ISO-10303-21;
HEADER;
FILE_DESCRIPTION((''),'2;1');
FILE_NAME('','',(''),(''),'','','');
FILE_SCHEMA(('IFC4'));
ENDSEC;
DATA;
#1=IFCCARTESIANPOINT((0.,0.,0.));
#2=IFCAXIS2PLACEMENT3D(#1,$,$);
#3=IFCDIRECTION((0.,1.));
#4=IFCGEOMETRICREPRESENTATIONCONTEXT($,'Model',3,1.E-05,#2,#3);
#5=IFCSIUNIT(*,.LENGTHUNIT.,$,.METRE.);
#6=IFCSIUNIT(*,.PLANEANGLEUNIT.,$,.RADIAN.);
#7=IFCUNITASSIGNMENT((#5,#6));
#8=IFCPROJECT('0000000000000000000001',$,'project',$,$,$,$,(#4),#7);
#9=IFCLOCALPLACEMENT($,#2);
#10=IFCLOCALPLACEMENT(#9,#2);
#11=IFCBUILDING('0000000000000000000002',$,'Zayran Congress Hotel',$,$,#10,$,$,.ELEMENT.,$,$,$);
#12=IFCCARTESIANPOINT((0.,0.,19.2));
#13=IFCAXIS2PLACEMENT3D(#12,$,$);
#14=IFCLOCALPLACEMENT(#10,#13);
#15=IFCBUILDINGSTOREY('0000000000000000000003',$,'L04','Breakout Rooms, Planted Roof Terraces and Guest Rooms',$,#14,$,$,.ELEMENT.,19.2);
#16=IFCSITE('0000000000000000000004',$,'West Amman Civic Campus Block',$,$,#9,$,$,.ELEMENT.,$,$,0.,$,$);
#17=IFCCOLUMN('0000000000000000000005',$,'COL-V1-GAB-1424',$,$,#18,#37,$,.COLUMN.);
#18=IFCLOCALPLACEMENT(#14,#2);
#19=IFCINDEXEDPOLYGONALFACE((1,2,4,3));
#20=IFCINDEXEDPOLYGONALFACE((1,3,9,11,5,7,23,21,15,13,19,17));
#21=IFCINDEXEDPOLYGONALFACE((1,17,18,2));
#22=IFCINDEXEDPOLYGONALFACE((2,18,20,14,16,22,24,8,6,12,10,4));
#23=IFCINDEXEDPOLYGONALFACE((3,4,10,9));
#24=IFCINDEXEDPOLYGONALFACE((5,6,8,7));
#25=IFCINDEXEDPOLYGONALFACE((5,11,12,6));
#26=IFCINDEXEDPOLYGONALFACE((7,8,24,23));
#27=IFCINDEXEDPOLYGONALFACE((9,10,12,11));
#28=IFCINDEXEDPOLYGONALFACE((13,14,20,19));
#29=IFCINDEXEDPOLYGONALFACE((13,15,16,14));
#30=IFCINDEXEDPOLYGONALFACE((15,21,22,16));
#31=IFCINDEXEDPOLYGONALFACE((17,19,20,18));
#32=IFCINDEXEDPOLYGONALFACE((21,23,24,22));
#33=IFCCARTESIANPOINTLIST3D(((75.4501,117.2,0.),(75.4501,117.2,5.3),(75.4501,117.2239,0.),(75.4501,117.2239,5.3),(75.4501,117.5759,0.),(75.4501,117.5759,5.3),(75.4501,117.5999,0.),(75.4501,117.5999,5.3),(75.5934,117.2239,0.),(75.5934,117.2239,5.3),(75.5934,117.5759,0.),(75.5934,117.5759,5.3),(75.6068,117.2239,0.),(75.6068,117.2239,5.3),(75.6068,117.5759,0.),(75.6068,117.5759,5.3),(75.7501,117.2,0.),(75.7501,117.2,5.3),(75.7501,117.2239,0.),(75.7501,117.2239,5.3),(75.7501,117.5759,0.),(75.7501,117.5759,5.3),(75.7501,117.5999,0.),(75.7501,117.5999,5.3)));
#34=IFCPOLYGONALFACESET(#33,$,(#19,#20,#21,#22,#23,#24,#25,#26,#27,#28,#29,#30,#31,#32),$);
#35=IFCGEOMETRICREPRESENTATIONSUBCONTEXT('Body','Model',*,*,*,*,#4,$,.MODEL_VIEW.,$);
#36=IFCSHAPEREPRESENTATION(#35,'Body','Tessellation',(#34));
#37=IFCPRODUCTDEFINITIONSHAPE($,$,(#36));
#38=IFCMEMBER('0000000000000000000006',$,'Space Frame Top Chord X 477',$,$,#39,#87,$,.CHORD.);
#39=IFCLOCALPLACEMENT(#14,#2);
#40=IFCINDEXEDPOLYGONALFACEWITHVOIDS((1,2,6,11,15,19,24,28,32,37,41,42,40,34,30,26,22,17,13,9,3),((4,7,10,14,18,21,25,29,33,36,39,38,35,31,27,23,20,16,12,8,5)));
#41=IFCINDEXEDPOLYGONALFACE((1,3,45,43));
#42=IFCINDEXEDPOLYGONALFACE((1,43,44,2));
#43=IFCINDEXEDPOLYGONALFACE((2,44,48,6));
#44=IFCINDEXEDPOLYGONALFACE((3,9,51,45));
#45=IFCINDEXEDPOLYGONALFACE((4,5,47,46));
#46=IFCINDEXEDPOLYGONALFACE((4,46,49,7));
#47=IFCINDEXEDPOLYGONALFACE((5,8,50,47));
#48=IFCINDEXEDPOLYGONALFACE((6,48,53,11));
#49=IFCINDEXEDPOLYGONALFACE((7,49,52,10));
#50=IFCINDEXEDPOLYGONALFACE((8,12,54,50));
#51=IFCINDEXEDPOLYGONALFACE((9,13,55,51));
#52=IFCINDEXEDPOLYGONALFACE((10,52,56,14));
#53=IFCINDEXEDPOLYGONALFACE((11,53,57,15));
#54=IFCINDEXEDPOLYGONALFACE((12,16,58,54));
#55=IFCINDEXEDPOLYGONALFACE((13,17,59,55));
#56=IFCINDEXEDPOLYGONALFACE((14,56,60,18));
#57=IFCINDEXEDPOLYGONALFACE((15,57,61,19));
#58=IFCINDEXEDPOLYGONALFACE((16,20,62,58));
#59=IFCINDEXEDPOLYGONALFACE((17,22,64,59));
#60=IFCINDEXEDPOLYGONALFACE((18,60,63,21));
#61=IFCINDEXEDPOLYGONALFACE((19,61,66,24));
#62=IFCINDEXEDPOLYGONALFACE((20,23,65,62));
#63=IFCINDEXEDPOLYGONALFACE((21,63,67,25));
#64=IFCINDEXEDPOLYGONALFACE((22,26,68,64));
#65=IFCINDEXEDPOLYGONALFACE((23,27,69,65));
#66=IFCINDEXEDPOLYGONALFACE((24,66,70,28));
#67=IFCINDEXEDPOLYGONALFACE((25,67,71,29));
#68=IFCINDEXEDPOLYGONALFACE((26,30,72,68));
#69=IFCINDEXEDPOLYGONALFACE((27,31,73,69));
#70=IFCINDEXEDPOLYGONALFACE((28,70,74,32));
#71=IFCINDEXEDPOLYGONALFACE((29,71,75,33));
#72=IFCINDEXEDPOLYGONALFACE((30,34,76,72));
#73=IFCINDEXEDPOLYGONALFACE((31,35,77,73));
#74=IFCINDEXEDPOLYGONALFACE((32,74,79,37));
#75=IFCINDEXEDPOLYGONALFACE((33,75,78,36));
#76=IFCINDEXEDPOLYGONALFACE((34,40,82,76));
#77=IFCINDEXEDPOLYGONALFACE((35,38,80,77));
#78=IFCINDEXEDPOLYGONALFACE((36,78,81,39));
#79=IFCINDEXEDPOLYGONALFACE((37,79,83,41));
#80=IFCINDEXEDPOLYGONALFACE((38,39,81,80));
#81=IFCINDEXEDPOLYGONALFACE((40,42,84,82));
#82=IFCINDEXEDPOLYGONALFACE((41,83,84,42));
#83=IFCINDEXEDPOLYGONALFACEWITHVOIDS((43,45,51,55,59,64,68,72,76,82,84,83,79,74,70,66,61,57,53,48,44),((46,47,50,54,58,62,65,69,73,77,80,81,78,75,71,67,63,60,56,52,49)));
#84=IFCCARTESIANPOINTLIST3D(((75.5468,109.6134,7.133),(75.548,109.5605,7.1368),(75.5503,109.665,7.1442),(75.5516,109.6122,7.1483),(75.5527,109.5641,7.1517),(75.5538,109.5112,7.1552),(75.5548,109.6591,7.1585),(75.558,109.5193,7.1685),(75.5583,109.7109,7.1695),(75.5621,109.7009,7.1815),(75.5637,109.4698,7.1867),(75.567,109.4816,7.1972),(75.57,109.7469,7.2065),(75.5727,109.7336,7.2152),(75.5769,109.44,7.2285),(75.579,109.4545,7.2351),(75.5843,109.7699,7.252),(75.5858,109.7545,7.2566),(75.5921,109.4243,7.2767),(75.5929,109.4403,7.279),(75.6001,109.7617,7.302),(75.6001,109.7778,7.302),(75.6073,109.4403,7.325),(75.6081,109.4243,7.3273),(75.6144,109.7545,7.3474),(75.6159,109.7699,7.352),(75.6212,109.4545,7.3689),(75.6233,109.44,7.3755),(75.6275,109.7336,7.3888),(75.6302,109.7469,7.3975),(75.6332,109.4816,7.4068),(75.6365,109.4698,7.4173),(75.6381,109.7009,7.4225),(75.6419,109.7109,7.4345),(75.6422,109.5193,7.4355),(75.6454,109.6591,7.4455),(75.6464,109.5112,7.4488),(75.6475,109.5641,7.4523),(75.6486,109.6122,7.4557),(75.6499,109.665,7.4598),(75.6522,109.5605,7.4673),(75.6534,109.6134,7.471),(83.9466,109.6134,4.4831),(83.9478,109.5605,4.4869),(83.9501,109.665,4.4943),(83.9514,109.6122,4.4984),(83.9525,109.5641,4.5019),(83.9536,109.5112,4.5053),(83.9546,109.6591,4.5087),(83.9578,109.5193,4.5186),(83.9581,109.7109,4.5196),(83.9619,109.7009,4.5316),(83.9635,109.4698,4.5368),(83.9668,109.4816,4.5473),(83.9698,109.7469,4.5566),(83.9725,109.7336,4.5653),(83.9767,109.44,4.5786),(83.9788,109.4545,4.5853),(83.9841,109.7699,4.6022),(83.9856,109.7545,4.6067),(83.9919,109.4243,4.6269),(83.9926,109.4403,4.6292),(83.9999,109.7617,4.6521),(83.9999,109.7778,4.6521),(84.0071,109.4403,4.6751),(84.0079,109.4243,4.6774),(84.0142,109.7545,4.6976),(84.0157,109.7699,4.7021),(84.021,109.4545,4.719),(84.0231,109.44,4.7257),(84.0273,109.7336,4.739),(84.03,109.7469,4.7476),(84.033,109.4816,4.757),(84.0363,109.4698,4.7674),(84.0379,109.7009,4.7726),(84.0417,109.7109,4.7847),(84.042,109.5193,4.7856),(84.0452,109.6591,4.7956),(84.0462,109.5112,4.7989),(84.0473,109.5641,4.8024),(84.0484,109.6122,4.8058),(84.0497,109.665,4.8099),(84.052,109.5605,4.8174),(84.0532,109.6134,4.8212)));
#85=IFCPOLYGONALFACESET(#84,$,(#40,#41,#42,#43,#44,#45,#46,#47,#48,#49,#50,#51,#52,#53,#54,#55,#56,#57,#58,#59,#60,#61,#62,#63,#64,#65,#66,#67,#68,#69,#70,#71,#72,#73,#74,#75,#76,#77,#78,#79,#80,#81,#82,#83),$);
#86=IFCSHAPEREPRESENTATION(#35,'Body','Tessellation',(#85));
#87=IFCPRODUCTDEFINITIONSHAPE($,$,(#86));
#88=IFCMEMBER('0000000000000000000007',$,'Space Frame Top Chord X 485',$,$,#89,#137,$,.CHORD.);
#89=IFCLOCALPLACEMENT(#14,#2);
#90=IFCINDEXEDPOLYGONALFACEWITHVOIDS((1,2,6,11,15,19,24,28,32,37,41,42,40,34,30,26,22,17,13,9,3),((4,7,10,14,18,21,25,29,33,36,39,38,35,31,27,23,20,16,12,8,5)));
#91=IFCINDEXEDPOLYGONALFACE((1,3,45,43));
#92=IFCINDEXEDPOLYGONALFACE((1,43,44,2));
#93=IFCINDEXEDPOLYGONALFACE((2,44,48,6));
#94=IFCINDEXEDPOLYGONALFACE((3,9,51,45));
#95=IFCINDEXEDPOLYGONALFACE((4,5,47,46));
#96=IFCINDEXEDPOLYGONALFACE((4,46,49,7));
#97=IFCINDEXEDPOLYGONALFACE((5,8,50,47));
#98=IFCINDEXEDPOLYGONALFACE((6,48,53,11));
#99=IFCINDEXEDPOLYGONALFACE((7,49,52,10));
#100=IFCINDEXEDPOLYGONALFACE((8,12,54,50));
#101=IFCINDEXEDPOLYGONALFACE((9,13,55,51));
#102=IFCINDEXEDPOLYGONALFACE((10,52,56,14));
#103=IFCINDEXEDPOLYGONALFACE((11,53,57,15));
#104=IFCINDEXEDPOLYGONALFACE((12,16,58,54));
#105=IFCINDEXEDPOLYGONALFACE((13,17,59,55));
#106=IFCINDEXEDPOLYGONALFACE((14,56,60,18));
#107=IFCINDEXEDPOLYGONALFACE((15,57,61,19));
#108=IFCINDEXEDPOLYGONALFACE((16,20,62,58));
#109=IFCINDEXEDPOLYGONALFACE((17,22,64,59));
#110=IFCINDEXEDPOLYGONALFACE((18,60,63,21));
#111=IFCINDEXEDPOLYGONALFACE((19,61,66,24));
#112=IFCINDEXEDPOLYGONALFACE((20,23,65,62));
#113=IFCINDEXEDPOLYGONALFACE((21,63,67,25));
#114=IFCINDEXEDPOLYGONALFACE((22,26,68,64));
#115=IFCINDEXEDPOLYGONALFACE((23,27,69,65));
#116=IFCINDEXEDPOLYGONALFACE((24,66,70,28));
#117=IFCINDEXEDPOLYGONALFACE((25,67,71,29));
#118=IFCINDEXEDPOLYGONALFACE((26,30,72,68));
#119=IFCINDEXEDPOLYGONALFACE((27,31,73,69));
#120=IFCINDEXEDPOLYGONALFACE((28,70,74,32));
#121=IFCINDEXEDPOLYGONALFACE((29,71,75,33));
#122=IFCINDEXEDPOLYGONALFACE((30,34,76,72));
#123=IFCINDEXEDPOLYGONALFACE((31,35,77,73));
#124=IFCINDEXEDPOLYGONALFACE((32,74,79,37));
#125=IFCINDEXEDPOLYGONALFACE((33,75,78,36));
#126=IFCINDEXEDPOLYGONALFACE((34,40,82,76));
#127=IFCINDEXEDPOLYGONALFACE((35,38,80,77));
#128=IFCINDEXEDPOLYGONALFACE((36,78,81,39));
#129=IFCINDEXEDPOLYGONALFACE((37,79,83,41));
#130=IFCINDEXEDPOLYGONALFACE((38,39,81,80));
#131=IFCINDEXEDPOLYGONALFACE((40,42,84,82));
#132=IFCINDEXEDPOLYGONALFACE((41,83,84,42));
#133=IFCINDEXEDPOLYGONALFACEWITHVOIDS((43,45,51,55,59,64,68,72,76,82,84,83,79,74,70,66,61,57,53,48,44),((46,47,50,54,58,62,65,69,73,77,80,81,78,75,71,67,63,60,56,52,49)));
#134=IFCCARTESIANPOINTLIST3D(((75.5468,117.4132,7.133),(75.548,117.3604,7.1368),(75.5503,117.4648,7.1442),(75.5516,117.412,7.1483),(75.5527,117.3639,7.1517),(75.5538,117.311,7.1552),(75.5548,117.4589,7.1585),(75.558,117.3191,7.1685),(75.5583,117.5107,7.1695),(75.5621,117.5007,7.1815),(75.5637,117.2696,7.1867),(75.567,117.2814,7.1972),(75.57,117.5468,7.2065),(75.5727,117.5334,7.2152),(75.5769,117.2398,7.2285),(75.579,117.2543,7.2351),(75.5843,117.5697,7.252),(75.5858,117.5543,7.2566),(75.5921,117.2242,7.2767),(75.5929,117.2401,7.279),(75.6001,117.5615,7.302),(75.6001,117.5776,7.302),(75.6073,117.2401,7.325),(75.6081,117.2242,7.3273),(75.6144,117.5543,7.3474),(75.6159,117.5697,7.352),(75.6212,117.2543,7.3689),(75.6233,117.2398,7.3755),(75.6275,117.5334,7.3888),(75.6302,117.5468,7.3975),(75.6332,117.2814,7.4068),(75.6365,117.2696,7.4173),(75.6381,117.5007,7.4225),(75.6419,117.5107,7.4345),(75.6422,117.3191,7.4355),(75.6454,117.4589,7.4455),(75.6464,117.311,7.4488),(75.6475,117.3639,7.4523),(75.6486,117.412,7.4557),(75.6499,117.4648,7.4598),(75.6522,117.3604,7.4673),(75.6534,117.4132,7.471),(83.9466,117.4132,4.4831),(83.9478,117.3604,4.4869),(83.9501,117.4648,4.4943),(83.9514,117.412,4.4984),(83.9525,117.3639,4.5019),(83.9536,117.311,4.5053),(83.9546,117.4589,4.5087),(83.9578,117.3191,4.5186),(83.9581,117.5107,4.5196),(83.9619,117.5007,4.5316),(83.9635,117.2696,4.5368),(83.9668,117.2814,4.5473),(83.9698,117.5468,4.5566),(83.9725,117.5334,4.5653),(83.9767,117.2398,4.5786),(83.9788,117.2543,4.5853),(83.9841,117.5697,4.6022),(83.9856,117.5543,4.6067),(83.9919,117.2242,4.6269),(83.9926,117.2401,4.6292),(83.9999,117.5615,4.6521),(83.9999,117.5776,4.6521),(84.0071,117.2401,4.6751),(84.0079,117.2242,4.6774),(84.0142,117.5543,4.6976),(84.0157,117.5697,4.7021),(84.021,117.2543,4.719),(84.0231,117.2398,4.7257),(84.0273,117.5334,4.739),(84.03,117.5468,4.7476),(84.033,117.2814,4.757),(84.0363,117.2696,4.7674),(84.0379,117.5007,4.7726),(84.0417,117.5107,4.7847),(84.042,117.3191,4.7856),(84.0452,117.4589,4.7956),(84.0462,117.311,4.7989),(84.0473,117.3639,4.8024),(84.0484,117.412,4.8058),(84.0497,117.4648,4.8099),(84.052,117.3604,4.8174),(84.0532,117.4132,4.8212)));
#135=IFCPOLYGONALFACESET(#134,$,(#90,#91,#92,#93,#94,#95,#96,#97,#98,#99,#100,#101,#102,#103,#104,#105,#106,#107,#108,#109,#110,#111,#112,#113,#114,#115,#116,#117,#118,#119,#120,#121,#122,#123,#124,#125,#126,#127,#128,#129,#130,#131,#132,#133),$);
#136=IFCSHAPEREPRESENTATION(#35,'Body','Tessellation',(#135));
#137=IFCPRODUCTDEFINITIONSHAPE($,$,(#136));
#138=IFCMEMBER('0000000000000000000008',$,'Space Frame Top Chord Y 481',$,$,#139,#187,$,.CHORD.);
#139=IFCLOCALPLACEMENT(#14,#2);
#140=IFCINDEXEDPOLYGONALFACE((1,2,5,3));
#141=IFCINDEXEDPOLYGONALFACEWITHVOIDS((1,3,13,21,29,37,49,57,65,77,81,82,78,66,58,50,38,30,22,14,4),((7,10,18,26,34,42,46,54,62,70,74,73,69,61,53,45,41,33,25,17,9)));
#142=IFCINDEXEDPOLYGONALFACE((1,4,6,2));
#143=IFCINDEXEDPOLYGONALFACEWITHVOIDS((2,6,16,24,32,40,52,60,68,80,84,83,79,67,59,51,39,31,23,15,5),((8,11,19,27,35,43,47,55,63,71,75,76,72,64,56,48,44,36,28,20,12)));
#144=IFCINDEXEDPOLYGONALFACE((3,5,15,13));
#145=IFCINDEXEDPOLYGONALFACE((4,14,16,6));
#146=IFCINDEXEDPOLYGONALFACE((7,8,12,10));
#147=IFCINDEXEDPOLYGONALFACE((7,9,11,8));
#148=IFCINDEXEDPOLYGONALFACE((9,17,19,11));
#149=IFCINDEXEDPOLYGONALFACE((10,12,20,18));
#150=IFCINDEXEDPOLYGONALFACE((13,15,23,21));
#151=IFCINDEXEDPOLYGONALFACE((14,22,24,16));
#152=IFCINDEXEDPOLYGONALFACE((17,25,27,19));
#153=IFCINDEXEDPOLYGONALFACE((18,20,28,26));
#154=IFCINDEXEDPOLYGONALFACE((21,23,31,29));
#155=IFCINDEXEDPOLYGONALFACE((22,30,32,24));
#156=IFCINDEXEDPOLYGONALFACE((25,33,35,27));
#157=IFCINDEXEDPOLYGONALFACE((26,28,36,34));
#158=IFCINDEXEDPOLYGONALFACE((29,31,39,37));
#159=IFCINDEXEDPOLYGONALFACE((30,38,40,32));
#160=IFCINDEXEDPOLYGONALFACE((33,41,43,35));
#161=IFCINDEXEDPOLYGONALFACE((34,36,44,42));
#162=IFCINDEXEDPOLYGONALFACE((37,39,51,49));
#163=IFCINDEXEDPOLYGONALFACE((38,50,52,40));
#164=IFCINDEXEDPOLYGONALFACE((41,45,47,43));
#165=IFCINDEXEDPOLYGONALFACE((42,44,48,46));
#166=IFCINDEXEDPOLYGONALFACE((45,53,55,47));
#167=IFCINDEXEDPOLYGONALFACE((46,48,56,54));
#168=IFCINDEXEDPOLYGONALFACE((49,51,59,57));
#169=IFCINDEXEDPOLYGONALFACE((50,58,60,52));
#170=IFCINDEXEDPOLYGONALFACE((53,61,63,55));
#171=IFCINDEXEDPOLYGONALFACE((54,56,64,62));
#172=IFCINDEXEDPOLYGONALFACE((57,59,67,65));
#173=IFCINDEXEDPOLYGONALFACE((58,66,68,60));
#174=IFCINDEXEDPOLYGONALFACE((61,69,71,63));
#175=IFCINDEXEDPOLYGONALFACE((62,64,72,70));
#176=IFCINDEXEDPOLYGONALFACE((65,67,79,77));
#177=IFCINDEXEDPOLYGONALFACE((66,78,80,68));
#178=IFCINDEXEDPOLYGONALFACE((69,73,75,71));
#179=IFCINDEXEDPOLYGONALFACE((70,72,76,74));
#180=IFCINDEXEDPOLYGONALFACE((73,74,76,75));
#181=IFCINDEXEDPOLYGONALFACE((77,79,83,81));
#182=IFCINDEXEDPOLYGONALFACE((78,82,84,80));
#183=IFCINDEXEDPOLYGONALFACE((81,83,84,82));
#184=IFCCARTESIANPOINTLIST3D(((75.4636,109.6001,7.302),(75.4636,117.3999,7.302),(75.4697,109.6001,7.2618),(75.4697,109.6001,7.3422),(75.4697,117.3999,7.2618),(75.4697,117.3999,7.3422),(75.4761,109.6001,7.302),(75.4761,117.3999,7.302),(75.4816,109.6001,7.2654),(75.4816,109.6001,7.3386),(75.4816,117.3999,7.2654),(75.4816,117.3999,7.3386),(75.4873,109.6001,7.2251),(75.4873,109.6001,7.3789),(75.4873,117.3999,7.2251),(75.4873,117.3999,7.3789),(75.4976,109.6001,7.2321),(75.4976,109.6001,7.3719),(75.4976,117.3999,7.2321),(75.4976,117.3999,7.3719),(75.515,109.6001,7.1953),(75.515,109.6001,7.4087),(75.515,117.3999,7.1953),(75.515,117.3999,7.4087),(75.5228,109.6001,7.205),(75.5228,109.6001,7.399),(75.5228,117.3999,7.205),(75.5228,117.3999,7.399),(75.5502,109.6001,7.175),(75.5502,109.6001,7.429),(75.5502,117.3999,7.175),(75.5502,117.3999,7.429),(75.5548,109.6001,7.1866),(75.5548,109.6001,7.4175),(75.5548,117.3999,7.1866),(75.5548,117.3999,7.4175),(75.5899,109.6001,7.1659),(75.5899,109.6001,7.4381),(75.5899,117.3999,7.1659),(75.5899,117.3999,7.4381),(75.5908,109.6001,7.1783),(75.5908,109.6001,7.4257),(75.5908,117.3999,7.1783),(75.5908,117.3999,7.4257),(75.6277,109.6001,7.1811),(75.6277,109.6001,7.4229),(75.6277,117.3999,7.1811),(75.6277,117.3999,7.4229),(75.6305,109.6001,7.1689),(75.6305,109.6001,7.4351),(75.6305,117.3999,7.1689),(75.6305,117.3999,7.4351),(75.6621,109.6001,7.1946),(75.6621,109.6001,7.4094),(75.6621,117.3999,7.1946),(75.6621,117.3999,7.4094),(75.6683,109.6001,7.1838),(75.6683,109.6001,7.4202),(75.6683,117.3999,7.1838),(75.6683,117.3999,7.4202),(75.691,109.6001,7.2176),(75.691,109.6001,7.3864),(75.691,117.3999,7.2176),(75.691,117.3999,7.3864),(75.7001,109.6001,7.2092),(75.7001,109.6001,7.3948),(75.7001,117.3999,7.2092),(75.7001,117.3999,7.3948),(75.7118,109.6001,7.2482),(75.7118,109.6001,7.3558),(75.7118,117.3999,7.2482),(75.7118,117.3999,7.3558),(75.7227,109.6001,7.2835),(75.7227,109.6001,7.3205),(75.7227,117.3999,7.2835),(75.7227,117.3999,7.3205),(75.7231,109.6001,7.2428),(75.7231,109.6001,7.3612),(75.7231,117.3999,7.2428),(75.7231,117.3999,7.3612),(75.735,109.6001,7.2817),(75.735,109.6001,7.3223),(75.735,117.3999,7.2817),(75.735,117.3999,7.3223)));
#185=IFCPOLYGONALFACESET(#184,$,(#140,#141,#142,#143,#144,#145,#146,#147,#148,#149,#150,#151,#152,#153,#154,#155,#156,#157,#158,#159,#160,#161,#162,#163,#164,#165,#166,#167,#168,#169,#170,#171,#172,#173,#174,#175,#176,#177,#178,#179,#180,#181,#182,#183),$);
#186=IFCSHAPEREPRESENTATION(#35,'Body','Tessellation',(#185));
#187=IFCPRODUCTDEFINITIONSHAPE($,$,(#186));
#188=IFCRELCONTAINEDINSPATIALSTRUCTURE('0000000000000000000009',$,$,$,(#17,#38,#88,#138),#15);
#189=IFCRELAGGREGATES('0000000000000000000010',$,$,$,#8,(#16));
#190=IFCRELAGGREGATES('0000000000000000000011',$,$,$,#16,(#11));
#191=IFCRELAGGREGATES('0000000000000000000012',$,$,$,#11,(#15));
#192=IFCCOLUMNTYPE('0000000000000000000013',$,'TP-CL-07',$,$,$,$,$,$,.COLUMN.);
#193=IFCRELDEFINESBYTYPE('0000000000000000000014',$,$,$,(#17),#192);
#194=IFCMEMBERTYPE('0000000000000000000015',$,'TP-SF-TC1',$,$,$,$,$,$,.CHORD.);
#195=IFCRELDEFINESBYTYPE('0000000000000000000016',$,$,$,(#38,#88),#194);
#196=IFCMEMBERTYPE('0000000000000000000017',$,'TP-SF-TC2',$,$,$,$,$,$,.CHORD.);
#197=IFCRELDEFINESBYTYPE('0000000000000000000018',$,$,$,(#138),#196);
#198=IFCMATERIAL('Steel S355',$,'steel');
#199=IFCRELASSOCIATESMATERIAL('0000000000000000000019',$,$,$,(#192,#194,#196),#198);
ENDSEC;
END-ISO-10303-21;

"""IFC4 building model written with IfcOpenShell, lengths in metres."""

from ifc_helpers import new_model, si_unit, direction, frame, origin, origin_2d, place, context, subcontext, project, spatial, hollow_circle, i_section, extrude, material, material_profile, profile_set, type_object, element, save


model = new_model("IFC4")

# Units and contexts
model_context = context("Model", 3, precision=1e-05, world=origin(), true_north=direction((0.0, 1.0)))
body_context = subcontext(model_context, "Body", "Model", "MODEL_VIEW")
ifc_project = project(units=[si_unit("LENGTHUNIT", "METRE"), si_unit("PLANEANGLEUNIT", "RADIAN")], contexts=[model_context])

# Site, building, storey
site_placement = place(None, origin())
site = spatial("IfcSite", under=ifc_project, at=site_placement, Name="West Amman Civic Campus Block", CompositionType="ELEMENT", RefElevation=0.0)
building_placement = place(site_placement, origin())
building = spatial("IfcBuilding", under=site, at=building_placement, Name="Zayran Congress Hotel", CompositionType="ELEMENT")
storey_placement = place(building_placement, frame((0.0, 0.0, 19.2)))
storey = spatial("IfcBuildingStorey", under=building, at=storey_placement, Name="L04", Description="Breakout Rooms, Planted Roof Terraces and Guest Rooms", CompositionType="ELEMENT", Elevation=19.2)

# Column
ifc_material_1 = material(Name="Steel S355", Category="steel")
ifc_material_profile_1 = material_profile(ifc_material_1, i_section(OverallWidth=0.3, OverallDepth=0.3999, WebThickness=0.0134, FlangeThickness=0.0239, at=origin_2d()), Name="HEB 400")
ifc_profile_set_1 = profile_set([ifc_material_profile_1], Name="Steel S355")
column_type = type_object("IfcColumnType", Name="TP-CL-07", PredefinedType="COLUMN", material=ifc_profile_set_1)
column_placement = place(storey_placement, frame((75.6001, 117.3999, 0.0), z_axis=(0.0, 0.0, 1.0), x_axis=(1.0, 0.0, 0.0)))
element("IfcColumn", 1, at=column_placement, inside=storey, type_object=column_type, Name="COL-V1-GAB-1424", PredefinedType="COLUMN", context=body_context, shape_type="SweptSolid", body=[
    extrude(i_section(OverallWidth=0.3, OverallDepth=0.3999, WebThickness=0.0134, FlangeThickness=0.0239, at=origin_2d()), origin(), (0.0, 0.0, 1.0), 5.3),
])

# Members
ifc_material_profile_2 = material_profile(ifc_material_1, hollow_circle(Radius=0.1777, WallThickness=0.0161, at=origin_2d()), Name="CHS 355.6x16")
ifc_profile_set_2 = profile_set([ifc_material_profile_2], Name="Steel S355")
member_type_1 = type_object("IfcMemberType", Name="TP-SF-TC1", PredefinedType="CHORD", material=ifc_profile_set_2)
for number, where, z_axis, x_axis, name in (
    (2, (75.6001, 109.6001, 7.302), (0.953671, 0.0, -0.300853), (0.0, 1.0, 0.0), "Space Frame Top Chord X 477"),
    (3, (75.6001, 117.3999, 7.302), (0.953671, 0.0, -0.300853), (0.0, 1.0, 0.0), "Space Frame Top Chord X 485"),
):
    element("IfcMember", number, at=place(storey_placement, frame(where, z_axis=z_axis, x_axis=x_axis)), inside=storey, type_object=member_type_1, Name=name, PredefinedType="CHORD", context=body_context, shape_type="SweptSolid", body=[
        extrude(hollow_circle(Radius=0.1777, WallThickness=0.0161, at=origin_2d()), origin(), (0.0, 0.0, 1.0), 8.8079),
    ])
ifc_material_profile_3 = material_profile(ifc_material_1, hollow_circle(Radius=0.1365, WallThickness=0.0125, at=origin_2d()), Name="CHS 273x12.5")
ifc_profile_set_3 = profile_set([ifc_material_profile_3], Name="Steel S355")
member_type_2 = type_object("IfcMemberType", Name="TP-SF-TC2", PredefinedType="CHORD", material=ifc_profile_set_3)
member_1_placement = place(storey_placement, frame((75.6001, 109.6001, 7.302), z_axis=(0.0, 1.0, 0.0), x_axis=(-1.0, 0.0, 0.0)))
element("IfcMember", 4, at=member_1_placement, inside=storey, type_object=member_type_2, Name="Space Frame Top Chord Y 481", PredefinedType="CHORD", context=body_context, shape_type="SweptSolid", body=[
    extrude(hollow_circle(Radius=0.1365, WallThickness=0.0125, at=origin_2d()), origin(), (0.0, 0.0, 1.0), 7.7998),
])

save(model, "model.ifc")
